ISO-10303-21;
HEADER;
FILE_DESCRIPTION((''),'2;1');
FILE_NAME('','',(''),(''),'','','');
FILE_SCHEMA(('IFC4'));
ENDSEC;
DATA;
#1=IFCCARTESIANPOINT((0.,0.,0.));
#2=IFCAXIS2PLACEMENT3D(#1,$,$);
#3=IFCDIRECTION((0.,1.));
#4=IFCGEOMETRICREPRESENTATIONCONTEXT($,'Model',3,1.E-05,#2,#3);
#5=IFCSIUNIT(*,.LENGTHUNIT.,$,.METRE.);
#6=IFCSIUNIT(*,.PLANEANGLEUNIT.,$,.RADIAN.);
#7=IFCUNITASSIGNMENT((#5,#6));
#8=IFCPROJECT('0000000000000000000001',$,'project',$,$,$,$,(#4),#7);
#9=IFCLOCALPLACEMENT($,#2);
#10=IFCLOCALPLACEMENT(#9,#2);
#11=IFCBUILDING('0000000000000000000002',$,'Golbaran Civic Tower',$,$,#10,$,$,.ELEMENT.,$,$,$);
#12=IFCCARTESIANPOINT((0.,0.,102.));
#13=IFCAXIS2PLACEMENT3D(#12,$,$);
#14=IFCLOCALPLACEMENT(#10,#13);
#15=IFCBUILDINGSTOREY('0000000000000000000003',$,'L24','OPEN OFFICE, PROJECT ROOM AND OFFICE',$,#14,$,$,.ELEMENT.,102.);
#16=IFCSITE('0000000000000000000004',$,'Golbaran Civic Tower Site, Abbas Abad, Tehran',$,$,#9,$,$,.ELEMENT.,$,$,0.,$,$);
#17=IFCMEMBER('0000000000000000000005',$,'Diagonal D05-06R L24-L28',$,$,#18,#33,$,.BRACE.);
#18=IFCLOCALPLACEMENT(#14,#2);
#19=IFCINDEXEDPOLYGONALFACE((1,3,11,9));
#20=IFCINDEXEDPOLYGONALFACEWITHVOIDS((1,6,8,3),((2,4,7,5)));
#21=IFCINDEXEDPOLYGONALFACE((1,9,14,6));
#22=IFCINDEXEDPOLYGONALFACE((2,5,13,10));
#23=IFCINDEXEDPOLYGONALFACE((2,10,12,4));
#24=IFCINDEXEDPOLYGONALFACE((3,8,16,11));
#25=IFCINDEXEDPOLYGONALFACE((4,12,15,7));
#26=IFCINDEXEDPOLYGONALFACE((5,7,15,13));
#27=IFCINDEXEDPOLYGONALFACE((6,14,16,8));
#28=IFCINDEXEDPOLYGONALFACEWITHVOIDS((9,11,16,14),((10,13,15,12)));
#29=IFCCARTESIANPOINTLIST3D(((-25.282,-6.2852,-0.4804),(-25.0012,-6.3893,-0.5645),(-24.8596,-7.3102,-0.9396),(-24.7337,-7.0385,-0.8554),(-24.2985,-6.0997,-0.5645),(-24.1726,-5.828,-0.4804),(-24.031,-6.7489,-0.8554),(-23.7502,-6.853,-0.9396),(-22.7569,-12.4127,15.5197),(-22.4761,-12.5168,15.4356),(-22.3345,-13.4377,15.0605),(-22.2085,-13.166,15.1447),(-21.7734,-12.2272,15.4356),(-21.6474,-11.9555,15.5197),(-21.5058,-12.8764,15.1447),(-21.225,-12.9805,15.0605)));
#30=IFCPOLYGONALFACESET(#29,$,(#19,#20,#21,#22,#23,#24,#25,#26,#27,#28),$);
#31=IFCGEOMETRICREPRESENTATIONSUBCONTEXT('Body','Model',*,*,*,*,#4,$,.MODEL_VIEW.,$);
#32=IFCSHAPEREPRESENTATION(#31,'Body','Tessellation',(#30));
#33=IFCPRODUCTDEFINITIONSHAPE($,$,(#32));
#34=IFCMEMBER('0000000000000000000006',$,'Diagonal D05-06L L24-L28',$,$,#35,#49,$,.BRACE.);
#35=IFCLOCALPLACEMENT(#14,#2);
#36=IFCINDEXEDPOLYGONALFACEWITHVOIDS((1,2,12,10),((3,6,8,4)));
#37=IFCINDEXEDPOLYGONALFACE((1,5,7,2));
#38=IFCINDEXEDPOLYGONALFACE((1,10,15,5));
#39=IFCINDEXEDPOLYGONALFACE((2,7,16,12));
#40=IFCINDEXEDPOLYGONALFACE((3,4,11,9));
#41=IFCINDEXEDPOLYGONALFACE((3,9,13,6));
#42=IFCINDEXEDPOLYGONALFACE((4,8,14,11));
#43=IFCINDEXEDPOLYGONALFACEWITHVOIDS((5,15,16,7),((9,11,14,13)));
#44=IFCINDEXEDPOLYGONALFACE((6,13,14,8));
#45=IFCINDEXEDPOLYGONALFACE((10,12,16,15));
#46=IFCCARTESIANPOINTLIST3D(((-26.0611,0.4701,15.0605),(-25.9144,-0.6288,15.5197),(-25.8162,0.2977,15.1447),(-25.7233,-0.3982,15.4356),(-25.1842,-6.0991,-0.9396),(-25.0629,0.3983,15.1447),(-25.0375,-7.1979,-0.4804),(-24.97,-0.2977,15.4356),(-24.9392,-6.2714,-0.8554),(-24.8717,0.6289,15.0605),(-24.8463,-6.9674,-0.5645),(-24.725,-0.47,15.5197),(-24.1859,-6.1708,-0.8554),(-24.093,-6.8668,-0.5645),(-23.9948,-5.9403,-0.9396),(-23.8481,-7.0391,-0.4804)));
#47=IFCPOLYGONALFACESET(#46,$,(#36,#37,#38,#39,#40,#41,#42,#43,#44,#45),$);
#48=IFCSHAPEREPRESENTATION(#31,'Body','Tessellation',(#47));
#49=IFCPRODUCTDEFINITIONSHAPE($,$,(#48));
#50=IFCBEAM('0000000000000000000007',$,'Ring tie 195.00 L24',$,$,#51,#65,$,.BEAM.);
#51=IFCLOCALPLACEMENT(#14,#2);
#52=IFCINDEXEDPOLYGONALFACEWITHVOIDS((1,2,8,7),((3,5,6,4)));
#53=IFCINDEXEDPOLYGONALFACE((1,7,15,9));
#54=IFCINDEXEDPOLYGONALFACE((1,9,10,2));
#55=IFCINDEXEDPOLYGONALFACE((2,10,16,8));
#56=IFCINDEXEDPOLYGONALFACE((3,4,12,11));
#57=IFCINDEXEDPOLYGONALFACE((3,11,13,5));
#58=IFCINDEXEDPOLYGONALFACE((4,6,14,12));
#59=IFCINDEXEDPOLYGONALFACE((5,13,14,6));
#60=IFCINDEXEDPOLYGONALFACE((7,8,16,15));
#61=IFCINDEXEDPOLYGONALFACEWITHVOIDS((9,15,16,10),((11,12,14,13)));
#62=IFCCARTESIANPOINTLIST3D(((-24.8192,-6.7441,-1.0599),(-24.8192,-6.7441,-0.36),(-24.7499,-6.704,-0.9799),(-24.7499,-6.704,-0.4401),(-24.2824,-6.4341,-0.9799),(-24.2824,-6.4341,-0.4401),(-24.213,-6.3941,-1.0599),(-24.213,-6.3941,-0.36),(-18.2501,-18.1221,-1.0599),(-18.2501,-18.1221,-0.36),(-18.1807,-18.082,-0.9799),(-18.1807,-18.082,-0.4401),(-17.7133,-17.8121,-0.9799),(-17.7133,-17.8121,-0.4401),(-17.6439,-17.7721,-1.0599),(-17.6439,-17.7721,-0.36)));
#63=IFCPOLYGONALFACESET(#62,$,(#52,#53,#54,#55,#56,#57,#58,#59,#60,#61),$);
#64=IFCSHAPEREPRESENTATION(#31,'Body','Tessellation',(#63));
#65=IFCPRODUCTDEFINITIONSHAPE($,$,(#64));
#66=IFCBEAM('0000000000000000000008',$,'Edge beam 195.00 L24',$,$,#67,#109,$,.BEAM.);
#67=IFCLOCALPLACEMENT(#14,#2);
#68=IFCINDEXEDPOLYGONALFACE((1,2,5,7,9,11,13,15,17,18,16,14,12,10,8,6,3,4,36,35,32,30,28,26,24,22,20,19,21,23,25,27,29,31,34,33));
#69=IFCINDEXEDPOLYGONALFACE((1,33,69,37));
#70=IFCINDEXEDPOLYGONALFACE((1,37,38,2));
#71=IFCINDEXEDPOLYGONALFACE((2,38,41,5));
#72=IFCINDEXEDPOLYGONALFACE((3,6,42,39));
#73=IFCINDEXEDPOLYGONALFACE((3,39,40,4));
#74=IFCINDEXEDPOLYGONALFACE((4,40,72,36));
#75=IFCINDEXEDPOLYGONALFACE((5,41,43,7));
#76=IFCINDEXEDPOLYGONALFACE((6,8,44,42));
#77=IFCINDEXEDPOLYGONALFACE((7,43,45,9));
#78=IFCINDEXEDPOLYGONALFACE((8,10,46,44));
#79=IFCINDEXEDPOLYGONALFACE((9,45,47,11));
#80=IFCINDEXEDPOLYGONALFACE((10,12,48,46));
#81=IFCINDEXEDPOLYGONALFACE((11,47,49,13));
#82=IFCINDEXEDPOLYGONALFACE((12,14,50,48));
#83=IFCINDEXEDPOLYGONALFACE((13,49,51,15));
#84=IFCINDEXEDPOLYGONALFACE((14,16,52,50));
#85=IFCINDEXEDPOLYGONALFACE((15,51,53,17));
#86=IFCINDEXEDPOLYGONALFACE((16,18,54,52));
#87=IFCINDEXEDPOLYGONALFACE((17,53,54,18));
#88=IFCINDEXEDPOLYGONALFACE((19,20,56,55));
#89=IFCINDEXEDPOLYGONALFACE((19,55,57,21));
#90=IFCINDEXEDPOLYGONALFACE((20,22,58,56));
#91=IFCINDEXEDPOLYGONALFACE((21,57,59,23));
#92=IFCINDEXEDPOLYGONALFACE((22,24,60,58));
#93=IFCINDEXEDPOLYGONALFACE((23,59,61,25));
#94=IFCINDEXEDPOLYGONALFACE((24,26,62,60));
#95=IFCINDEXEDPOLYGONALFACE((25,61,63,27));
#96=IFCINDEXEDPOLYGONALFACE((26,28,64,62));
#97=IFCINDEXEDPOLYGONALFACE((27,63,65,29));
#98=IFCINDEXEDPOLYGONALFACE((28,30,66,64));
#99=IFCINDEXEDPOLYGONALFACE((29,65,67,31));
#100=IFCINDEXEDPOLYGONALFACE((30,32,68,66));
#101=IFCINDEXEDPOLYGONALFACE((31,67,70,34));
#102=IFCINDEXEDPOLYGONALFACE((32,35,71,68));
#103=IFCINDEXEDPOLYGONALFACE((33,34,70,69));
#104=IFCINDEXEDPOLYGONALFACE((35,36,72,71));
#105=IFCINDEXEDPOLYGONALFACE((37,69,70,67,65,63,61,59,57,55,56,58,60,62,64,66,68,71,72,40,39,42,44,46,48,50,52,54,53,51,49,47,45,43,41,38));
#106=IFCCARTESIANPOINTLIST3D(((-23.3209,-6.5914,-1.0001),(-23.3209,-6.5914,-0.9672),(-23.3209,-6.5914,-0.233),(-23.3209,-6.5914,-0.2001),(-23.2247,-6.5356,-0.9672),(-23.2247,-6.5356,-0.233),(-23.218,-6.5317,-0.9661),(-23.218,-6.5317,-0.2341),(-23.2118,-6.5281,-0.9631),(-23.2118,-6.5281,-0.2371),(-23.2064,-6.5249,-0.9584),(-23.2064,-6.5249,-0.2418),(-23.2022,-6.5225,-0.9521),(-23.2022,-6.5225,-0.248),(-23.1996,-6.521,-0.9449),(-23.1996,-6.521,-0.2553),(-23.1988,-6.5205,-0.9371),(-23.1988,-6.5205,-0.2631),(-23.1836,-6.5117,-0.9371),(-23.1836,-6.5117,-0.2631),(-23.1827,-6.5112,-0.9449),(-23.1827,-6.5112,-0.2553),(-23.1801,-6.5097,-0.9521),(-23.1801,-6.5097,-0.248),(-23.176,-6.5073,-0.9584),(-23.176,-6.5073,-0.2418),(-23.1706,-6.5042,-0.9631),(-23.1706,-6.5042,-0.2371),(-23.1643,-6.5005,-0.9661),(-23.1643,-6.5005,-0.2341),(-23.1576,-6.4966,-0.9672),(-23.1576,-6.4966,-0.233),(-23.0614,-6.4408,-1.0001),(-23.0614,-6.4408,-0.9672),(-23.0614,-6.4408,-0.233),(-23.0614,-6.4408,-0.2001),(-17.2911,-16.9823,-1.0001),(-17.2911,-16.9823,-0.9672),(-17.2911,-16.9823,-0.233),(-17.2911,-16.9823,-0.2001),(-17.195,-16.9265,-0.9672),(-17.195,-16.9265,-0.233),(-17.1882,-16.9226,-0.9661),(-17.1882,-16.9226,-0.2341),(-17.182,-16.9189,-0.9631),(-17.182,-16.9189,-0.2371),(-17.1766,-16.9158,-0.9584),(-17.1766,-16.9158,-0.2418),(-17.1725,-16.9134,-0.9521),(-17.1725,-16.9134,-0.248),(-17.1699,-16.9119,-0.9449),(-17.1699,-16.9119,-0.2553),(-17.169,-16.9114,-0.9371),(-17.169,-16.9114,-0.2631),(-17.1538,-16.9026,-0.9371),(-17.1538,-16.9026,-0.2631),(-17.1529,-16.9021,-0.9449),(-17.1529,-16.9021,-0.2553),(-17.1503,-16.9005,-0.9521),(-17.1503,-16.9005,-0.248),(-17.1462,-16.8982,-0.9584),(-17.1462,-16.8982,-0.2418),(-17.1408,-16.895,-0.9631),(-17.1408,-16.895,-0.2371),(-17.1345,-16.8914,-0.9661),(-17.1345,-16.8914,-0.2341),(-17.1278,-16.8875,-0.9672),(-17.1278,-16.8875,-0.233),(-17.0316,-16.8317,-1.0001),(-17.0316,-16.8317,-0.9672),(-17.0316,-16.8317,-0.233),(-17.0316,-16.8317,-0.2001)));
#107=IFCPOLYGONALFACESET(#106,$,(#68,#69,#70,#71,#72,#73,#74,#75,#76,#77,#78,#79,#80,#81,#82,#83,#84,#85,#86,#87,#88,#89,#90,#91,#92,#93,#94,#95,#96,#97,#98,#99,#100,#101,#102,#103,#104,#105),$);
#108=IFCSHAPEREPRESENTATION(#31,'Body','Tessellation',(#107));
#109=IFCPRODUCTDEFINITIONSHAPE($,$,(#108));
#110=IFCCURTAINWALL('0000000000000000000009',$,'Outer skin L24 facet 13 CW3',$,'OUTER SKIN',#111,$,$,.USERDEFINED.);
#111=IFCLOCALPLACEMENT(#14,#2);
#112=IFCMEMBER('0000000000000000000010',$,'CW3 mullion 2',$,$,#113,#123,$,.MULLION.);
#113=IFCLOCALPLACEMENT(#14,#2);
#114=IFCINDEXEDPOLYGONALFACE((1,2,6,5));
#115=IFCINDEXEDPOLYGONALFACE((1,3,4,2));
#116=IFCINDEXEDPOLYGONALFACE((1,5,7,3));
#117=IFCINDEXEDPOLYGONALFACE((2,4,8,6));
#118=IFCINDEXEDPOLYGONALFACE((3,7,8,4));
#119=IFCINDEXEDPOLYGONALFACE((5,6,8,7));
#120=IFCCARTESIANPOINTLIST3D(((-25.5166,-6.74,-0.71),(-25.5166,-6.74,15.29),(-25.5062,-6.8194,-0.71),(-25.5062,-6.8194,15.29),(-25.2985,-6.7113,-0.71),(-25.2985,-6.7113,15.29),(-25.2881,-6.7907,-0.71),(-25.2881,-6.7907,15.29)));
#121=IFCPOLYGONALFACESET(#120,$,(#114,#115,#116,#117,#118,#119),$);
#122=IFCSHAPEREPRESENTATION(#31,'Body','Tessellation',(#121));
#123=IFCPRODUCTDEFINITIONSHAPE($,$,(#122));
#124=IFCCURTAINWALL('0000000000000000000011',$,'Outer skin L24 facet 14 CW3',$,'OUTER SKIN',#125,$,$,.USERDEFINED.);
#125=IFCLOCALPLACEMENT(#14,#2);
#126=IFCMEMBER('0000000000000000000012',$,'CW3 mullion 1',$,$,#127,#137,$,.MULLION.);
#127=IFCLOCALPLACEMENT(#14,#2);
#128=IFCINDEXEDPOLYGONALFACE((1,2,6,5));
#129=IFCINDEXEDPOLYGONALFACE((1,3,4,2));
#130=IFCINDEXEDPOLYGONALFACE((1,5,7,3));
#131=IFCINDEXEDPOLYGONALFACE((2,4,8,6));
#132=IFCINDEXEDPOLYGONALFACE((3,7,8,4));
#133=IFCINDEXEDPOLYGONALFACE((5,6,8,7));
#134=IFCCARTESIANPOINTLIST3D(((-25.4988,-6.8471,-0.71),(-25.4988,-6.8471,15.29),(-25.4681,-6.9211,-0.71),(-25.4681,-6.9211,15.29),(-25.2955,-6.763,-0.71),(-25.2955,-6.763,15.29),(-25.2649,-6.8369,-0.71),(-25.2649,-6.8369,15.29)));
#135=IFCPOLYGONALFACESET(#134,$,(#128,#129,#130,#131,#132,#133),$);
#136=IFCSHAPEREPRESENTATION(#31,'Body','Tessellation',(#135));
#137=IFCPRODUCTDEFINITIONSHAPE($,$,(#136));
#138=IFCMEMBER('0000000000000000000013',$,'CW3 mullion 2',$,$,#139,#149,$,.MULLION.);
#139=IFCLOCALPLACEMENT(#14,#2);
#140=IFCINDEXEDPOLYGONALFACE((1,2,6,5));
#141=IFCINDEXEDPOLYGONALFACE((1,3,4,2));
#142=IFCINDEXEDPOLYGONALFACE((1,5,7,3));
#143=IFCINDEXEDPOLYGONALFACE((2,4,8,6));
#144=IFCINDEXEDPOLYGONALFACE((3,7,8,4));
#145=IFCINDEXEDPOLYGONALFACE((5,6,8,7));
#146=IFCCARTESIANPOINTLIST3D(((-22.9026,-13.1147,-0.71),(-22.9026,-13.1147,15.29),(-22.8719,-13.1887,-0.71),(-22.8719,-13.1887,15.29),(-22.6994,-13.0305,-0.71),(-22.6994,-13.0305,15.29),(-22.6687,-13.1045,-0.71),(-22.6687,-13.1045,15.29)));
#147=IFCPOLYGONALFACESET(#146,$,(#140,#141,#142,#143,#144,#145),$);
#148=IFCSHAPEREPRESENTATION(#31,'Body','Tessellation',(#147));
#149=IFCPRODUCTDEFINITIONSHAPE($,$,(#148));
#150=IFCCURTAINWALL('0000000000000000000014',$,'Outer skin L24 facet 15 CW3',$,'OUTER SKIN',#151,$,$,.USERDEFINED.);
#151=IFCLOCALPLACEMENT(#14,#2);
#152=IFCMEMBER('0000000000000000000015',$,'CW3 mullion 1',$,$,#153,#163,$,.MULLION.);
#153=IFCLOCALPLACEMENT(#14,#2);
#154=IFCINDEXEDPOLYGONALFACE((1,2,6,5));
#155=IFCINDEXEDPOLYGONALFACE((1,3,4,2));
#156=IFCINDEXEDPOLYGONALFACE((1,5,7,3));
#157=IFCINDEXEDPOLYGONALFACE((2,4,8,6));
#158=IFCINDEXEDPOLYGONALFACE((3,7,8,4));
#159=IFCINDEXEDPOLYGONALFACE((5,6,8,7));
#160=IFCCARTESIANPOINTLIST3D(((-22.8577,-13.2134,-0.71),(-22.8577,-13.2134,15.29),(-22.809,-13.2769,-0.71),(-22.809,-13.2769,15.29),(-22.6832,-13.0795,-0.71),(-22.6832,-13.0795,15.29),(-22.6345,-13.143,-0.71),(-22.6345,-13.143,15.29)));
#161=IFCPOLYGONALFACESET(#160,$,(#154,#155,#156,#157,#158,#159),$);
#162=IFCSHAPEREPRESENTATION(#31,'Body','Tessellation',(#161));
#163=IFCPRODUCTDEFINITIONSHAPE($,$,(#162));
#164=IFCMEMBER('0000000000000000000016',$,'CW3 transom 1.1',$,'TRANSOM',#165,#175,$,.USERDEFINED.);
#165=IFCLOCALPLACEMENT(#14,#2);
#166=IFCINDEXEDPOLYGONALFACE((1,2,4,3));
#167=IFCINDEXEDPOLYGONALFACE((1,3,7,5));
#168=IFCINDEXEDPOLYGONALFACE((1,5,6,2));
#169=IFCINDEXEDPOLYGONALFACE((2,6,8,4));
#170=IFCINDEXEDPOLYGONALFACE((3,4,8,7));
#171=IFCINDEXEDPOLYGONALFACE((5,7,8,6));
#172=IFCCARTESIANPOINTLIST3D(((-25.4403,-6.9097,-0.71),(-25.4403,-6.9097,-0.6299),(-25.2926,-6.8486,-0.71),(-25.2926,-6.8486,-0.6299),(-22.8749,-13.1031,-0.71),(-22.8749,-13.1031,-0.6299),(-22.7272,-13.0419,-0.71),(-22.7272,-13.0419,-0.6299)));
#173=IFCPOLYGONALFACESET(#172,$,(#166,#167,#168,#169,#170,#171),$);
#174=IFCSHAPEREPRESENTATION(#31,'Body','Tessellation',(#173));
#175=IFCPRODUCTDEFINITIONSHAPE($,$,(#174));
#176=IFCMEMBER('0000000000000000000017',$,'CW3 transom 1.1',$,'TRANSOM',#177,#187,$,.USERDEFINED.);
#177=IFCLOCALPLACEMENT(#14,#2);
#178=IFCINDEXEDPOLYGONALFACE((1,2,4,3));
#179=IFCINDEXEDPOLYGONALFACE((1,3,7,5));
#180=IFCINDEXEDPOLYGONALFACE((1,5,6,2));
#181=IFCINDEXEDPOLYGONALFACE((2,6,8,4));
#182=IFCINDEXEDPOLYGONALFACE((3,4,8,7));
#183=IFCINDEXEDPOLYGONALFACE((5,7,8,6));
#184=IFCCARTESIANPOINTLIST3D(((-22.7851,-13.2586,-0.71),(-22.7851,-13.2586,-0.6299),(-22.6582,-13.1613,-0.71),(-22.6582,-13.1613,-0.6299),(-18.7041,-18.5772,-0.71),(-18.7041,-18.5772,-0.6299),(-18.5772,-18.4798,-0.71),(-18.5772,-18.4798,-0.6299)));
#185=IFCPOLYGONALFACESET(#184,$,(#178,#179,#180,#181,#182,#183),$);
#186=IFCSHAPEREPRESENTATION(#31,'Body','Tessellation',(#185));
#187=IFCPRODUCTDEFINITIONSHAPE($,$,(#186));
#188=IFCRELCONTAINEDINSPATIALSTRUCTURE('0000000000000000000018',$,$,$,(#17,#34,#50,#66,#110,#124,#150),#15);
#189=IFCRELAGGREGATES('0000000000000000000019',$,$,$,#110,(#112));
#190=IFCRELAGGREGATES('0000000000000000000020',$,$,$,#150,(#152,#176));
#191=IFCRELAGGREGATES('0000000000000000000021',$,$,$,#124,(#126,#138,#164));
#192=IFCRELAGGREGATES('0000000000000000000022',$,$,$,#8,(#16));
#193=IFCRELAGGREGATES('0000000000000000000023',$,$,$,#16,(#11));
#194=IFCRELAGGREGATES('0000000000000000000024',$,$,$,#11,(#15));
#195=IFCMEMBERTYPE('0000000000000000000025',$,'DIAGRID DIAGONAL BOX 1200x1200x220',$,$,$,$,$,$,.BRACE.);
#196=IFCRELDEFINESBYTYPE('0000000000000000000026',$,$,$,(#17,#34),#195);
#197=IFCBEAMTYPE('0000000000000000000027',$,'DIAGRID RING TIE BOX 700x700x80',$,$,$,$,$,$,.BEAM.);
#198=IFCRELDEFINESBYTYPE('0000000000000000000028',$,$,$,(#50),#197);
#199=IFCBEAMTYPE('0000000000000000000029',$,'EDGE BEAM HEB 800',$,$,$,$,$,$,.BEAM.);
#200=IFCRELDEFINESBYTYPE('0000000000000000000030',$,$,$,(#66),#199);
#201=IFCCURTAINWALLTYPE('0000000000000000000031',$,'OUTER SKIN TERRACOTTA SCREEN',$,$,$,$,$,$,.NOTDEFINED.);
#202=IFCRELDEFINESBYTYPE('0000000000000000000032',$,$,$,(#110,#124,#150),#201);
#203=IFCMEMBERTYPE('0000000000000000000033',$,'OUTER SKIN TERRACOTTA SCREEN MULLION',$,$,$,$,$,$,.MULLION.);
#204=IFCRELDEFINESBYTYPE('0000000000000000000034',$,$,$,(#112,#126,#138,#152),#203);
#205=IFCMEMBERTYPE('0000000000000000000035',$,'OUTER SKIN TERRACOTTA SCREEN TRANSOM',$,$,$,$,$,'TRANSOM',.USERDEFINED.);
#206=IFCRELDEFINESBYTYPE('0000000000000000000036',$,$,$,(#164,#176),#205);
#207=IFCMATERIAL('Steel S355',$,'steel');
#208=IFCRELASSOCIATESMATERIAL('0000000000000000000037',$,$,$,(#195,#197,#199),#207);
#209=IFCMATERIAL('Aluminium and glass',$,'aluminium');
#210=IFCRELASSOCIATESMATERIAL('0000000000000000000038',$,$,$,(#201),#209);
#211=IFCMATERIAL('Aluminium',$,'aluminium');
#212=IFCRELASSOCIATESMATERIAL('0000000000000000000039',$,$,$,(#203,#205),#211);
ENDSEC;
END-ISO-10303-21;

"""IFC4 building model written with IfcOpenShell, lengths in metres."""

from ifc_helpers import new_model, si_unit, direction, frame, origin, origin_2d, place, context, subcontext, project, spatial, rectangle, hollow_rectangle, i_section, extrude, material, material_profile, profile_set, type_object, element, aggregate, save


model = new_model("IFC4")

# Units and contexts
model_context = context("Model", 3, precision=1e-05, world=origin(), true_north=direction((0.0, 1.0)))
body_context = subcontext(model_context, "Body", "Model", "MODEL_VIEW")
ifc_project = project(units=[si_unit("LENGTHUNIT", "METRE"), si_unit("PLANEANGLEUNIT", "RADIAN")], contexts=[model_context])

# Site, building, storey
site_placement = place(None, origin())
site = spatial("IfcSite", under=ifc_project, at=site_placement, Name="Golbaran Civic Tower Site, Abbas Abad, Tehran", CompositionType="ELEMENT", RefElevation=0.0)
building_placement = place(site_placement, origin())
building = spatial("IfcBuilding", under=site, at=building_placement, Name="Golbaran Civic Tower", CompositionType="ELEMENT")
storey_placement = place(building_placement, frame((0.0, 0.0, 102.0)))
storey = spatial("IfcBuildingStorey", under=building, at=storey_placement, Name="L24", Description="OPEN OFFICE, PROJECT ROOM AND OFFICE", CompositionType="ELEMENT", Elevation=102.0)

# Members
ifc_material_1 = material(Name="Steel S355", Category="steel")
ifc_material_profile_1 = material_profile(ifc_material_1, hollow_rectangle(XDim=1.2, YDim=1.2, WallThickness=0.22, at=origin_2d()), Name="BOX 1200x1200x220")
ifc_profile_set_1 = profile_set([ifc_material_profile_1], Name="Steel S355")
member_type_1 = type_object("IfcMemberType", Name="DIAGRID DIAGONAL BOX 1200x1200x220", PredefinedType="BRACE", material=ifc_profile_set_1)
for number, where, z_axis, x_axis, name in (
    (1, (-24.5161, -6.5691, -0.71), (0.145808, -0.353814, 0.923881), (0.924567, 0.381018, 0.0), "Diagonal D05-06R L24-L28"),
    (2, (-24.5161, -6.5691, -0.71), (-0.050637, 0.379316, 0.923881), (-0.991207, -0.132323, 0.0), "Diagonal D05-06L L24-L28"),
):
    element("IfcMember", number, at=place(storey_placement, frame(where, z_axis=z_axis, x_axis=x_axis)), inside=storey, type_object=member_type_1, Name=name, PredefinedType="BRACE", context=body_context, shape_type="SweptSolid", body=[
        extrude(hollow_rectangle(XDim=1.2, YDim=1.2, WallThickness=0.22, at=origin_2d()), origin(), (0.0, 0.0, 1.0), 17.3184),
    ])

# Beams
ifc_material_profile_2 = material_profile(ifc_material_1, hollow_rectangle(XDim=0.7, YDim=0.7, WallThickness=0.0801, at=origin_2d()), Name="BOX 700x700x80")
ifc_profile_set_2 = profile_set([ifc_material_profile_2], Name="Steel S355")
beam_type_1 = type_object("IfcBeamType", Name="DIAGRID RING TIE BOX 700x700x80", PredefinedType="BEAM", material=ifc_profile_set_2)
beam_1_placement = place(storey_placement, frame((-24.5161, -6.5691, -0.71), z_axis=(0.500002, -0.866024, 0.0), x_axis=(0.866024, 0.500002, 0.0)))
element("IfcBeam", 3, at=beam_1_placement, inside=storey, type_object=beam_type_1, Name="Ring tie 195.00 L24", PredefinedType="BEAM", context=body_context, shape_type="SweptSolid", body=[
    extrude(hollow_rectangle(XDim=0.7, YDim=0.7, WallThickness=0.0801, at=origin_2d()), origin(), (0.0, 0.0, 1.0), 13.1382),
])
ifc_material_profile_3 = material_profile(ifc_material_1, i_section(OverallWidth=0.3, OverallDepth=0.8, WebThickness=0.0176, FlangeThickness=0.033, FilletRadius=0.03, at=origin_2d()), Name="HEB 800")
ifc_profile_set_3 = profile_set([ifc_material_profile_3], Name="Steel S355")
beam_type_2 = type_object("IfcBeamType", Name="EDGE BEAM HEB 800", PredefinedType="BEAM", material=ifc_profile_set_3)
beam_2_placement = place(storey_placement, frame((-23.1912, -6.5161, -0.6001), z_axis=(0.50191, -0.86492, 0.0), x_axis=(0.86492, 0.50191, 0.0)))
element("IfcBeam", 4, at=beam_2_placement, inside=storey, type_object=beam_type_2, Name="Edge beam 195.00 L24", PredefinedType="BEAM", context=body_context, shape_type="SweptSolid", body=[
    extrude(i_section(OverallWidth=0.3, OverallDepth=0.8, WebThickness=0.0176, FlangeThickness=0.033, FilletRadius=0.03, at=origin_2d()), origin(), (0.0, 0.0, 1.0), 12.0137),
])

# Curtain wall, member
ifc_material_2 = material(Name="Aluminium and glass", Category="aluminium")
curtain_wall_type_1 = type_object("IfcCurtainWallType", Name="OUTER SKIN TERRACOTTA SCREEN", PredefinedType="NOTDEFINED", material=ifc_material_2)
curtain_wall_1_placement = place(storey_placement, origin())
curtain_wall_1 = element("IfcCurtainWall", 5, at=curtain_wall_1_placement, inside=storey, type_object=curtain_wall_type_1, Name="Outer skin L24 facet 13 CW3", ObjectType="OUTER SKIN", PredefinedType="USERDEFINED")
ifc_material_3 = material(Name="Aluminium", Category="aluminium")
ifc_material_profile_4 = material_profile(ifc_material_3, rectangle(XDim=0.22, YDim=0.0801, at=origin_2d()), Name="OUTER SKIN TERRACOTTA SCREEN MULLION")
ifc_profile_set_4 = profile_set([ifc_material_profile_4], Name="Aluminium")
member_type_2 = type_object("IfcMemberType", Name="OUTER SKIN TERRACOTTA SCREEN MULLION", PredefinedType="MULLION", material=ifc_profile_set_4)
member_1_placement = place(storey_placement, frame((-25.4023, -6.7654, -0.71), z_axis=(0.0, 0.0, 1.0), x_axis=(0.991445, 0.130526, 0.0)))
member_1 = element("IfcMember", 6, at=member_1_placement, type_object=member_type_2, Name="CW3 mullion 2", PredefinedType="MULLION", context=body_context, shape_type="SweptSolid", body=[
    extrude(rectangle(XDim=0.22, YDim=0.0801, at=origin_2d()), origin(), (0.0, 0.0, 1.0), 16.0),
])
aggregate(curtain_wall_1, [member_1])

# Curtain wall, members
curtain_wall_2_placement = place(storey_placement, origin())
curtain_wall_2 = element("IfcCurtainWall", 7, at=curtain_wall_2_placement, inside=storey, type_object=curtain_wall_type_1, Name="Outer skin L24 facet 14 CW3", ObjectType="OUTER SKIN", PredefinedType="USERDEFINED")
member_2_placement = place(storey_placement, frame((-25.3818, -6.842, -0.71), z_axis=(0.0, 0.0, 1.0), x_axis=(0.92388, 0.382683, 0.0)))
member_2 = element("IfcMember", 8, at=member_2_placement, type_object=member_type_2, Name="CW3 mullion 1", PredefinedType="MULLION", context=body_context, shape_type="SweptSolid", body=[
    extrude(rectangle(XDim=0.22, YDim=0.0801, at=origin_2d()), origin(), (0.0, 0.0, 1.0), 16.0),
])
member_3_placement = place(storey_placement, frame((-22.7856, -13.1096, -0.71), z_axis=(0.0, 0.0, 1.0), x_axis=(0.92388, 0.382683, 0.0)))
member_3 = element("IfcMember", 9, at=member_3_placement, type_object=member_type_2, Name="CW3 mullion 2", PredefinedType="MULLION", context=body_context, shape_type="SweptSolid", body=[
    extrude(rectangle(XDim=0.22, YDim=0.0801, at=origin_2d()), origin(), (0.0, 0.0, 1.0), 16.0),
])

# Curtain wall, member
curtain_wall_3_placement = place(storey_placement, origin())
curtain_wall_3 = element("IfcCurtainWall", 10, at=curtain_wall_3_placement, inside=storey, type_object=curtain_wall_type_1, Name="Outer skin L24 facet 15 CW3", ObjectType="OUTER SKIN", PredefinedType="USERDEFINED")
member_4_placement = place(storey_placement, frame((-22.7461, -13.1782, -0.71), z_axis=(0.0, 0.0, 1.0), x_axis=(0.793353, 0.608761, 0.0)))
member_4 = element("IfcMember", 11, at=member_4_placement, type_object=member_type_2, Name="CW3 mullion 1", PredefinedType="MULLION", context=body_context, shape_type="SweptSolid", body=[
    extrude(rectangle(XDim=0.22, YDim=0.0801, at=origin_2d()), origin(), (0.0, 0.0, 1.0), 16.0),
])

# Members
ifc_material_profile_5 = material_profile(ifc_material_3, rectangle(XDim=0.1599, YDim=0.0801, at=origin_2d()), Name="OUTER SKIN TERRACOTTA SCREEN TRANSOM")
ifc_profile_set_5 = profile_set([ifc_material_profile_5], Name="Aluminium")
member_type_3 = type_object("IfcMemberType", Name="OUTER SKIN TERRACOTTA SCREEN TRANSOM", ElementType="TRANSOM", PredefinedType="USERDEFINED", material=ifc_profile_set_5)
member_5_placement = place(storey_placement, frame((-25.3665, -6.8792, -0.6699), z_axis=(0.382691, -0.923877, 0.0), x_axis=(0.923877, 0.382691, 0.0)))
member_5 = element("IfcMember", 12, at=member_5_placement, type_object=member_type_3, Name="CW3 transom 1.1", ObjectType="TRANSOM", PredefinedType="USERDEFINED", context=body_context, shape_type="SweptSolid", body=[
    extrude(rectangle(XDim=0.1599, YDim=0.0801, at=origin_2d()), origin(), (0.0, 0.0, 1.0), 6.7036),
])
member_6_placement = place(storey_placement, frame((-22.7217, -13.21, -0.6699), z_axis=(0.608756, -0.793357, 0.0), x_axis=(0.793357, 0.608756, 0.0)))
member_6 = element("IfcMember", 13, at=member_6_placement, type_object=member_type_3, Name="CW3 transom 1.1", ObjectType="TRANSOM", PredefinedType="USERDEFINED", context=body_context, shape_type="SweptSolid", body=[
    extrude(rectangle(XDim=0.1599, YDim=0.0801, at=origin_2d()), origin(), (0.0, 0.0, 1.0), 6.7039),
])
aggregate(curtain_wall_3, [member_4, member_6])

aggregate(curtain_wall_2, [member_2, member_3, member_5])

save(model, "model.ifc")
